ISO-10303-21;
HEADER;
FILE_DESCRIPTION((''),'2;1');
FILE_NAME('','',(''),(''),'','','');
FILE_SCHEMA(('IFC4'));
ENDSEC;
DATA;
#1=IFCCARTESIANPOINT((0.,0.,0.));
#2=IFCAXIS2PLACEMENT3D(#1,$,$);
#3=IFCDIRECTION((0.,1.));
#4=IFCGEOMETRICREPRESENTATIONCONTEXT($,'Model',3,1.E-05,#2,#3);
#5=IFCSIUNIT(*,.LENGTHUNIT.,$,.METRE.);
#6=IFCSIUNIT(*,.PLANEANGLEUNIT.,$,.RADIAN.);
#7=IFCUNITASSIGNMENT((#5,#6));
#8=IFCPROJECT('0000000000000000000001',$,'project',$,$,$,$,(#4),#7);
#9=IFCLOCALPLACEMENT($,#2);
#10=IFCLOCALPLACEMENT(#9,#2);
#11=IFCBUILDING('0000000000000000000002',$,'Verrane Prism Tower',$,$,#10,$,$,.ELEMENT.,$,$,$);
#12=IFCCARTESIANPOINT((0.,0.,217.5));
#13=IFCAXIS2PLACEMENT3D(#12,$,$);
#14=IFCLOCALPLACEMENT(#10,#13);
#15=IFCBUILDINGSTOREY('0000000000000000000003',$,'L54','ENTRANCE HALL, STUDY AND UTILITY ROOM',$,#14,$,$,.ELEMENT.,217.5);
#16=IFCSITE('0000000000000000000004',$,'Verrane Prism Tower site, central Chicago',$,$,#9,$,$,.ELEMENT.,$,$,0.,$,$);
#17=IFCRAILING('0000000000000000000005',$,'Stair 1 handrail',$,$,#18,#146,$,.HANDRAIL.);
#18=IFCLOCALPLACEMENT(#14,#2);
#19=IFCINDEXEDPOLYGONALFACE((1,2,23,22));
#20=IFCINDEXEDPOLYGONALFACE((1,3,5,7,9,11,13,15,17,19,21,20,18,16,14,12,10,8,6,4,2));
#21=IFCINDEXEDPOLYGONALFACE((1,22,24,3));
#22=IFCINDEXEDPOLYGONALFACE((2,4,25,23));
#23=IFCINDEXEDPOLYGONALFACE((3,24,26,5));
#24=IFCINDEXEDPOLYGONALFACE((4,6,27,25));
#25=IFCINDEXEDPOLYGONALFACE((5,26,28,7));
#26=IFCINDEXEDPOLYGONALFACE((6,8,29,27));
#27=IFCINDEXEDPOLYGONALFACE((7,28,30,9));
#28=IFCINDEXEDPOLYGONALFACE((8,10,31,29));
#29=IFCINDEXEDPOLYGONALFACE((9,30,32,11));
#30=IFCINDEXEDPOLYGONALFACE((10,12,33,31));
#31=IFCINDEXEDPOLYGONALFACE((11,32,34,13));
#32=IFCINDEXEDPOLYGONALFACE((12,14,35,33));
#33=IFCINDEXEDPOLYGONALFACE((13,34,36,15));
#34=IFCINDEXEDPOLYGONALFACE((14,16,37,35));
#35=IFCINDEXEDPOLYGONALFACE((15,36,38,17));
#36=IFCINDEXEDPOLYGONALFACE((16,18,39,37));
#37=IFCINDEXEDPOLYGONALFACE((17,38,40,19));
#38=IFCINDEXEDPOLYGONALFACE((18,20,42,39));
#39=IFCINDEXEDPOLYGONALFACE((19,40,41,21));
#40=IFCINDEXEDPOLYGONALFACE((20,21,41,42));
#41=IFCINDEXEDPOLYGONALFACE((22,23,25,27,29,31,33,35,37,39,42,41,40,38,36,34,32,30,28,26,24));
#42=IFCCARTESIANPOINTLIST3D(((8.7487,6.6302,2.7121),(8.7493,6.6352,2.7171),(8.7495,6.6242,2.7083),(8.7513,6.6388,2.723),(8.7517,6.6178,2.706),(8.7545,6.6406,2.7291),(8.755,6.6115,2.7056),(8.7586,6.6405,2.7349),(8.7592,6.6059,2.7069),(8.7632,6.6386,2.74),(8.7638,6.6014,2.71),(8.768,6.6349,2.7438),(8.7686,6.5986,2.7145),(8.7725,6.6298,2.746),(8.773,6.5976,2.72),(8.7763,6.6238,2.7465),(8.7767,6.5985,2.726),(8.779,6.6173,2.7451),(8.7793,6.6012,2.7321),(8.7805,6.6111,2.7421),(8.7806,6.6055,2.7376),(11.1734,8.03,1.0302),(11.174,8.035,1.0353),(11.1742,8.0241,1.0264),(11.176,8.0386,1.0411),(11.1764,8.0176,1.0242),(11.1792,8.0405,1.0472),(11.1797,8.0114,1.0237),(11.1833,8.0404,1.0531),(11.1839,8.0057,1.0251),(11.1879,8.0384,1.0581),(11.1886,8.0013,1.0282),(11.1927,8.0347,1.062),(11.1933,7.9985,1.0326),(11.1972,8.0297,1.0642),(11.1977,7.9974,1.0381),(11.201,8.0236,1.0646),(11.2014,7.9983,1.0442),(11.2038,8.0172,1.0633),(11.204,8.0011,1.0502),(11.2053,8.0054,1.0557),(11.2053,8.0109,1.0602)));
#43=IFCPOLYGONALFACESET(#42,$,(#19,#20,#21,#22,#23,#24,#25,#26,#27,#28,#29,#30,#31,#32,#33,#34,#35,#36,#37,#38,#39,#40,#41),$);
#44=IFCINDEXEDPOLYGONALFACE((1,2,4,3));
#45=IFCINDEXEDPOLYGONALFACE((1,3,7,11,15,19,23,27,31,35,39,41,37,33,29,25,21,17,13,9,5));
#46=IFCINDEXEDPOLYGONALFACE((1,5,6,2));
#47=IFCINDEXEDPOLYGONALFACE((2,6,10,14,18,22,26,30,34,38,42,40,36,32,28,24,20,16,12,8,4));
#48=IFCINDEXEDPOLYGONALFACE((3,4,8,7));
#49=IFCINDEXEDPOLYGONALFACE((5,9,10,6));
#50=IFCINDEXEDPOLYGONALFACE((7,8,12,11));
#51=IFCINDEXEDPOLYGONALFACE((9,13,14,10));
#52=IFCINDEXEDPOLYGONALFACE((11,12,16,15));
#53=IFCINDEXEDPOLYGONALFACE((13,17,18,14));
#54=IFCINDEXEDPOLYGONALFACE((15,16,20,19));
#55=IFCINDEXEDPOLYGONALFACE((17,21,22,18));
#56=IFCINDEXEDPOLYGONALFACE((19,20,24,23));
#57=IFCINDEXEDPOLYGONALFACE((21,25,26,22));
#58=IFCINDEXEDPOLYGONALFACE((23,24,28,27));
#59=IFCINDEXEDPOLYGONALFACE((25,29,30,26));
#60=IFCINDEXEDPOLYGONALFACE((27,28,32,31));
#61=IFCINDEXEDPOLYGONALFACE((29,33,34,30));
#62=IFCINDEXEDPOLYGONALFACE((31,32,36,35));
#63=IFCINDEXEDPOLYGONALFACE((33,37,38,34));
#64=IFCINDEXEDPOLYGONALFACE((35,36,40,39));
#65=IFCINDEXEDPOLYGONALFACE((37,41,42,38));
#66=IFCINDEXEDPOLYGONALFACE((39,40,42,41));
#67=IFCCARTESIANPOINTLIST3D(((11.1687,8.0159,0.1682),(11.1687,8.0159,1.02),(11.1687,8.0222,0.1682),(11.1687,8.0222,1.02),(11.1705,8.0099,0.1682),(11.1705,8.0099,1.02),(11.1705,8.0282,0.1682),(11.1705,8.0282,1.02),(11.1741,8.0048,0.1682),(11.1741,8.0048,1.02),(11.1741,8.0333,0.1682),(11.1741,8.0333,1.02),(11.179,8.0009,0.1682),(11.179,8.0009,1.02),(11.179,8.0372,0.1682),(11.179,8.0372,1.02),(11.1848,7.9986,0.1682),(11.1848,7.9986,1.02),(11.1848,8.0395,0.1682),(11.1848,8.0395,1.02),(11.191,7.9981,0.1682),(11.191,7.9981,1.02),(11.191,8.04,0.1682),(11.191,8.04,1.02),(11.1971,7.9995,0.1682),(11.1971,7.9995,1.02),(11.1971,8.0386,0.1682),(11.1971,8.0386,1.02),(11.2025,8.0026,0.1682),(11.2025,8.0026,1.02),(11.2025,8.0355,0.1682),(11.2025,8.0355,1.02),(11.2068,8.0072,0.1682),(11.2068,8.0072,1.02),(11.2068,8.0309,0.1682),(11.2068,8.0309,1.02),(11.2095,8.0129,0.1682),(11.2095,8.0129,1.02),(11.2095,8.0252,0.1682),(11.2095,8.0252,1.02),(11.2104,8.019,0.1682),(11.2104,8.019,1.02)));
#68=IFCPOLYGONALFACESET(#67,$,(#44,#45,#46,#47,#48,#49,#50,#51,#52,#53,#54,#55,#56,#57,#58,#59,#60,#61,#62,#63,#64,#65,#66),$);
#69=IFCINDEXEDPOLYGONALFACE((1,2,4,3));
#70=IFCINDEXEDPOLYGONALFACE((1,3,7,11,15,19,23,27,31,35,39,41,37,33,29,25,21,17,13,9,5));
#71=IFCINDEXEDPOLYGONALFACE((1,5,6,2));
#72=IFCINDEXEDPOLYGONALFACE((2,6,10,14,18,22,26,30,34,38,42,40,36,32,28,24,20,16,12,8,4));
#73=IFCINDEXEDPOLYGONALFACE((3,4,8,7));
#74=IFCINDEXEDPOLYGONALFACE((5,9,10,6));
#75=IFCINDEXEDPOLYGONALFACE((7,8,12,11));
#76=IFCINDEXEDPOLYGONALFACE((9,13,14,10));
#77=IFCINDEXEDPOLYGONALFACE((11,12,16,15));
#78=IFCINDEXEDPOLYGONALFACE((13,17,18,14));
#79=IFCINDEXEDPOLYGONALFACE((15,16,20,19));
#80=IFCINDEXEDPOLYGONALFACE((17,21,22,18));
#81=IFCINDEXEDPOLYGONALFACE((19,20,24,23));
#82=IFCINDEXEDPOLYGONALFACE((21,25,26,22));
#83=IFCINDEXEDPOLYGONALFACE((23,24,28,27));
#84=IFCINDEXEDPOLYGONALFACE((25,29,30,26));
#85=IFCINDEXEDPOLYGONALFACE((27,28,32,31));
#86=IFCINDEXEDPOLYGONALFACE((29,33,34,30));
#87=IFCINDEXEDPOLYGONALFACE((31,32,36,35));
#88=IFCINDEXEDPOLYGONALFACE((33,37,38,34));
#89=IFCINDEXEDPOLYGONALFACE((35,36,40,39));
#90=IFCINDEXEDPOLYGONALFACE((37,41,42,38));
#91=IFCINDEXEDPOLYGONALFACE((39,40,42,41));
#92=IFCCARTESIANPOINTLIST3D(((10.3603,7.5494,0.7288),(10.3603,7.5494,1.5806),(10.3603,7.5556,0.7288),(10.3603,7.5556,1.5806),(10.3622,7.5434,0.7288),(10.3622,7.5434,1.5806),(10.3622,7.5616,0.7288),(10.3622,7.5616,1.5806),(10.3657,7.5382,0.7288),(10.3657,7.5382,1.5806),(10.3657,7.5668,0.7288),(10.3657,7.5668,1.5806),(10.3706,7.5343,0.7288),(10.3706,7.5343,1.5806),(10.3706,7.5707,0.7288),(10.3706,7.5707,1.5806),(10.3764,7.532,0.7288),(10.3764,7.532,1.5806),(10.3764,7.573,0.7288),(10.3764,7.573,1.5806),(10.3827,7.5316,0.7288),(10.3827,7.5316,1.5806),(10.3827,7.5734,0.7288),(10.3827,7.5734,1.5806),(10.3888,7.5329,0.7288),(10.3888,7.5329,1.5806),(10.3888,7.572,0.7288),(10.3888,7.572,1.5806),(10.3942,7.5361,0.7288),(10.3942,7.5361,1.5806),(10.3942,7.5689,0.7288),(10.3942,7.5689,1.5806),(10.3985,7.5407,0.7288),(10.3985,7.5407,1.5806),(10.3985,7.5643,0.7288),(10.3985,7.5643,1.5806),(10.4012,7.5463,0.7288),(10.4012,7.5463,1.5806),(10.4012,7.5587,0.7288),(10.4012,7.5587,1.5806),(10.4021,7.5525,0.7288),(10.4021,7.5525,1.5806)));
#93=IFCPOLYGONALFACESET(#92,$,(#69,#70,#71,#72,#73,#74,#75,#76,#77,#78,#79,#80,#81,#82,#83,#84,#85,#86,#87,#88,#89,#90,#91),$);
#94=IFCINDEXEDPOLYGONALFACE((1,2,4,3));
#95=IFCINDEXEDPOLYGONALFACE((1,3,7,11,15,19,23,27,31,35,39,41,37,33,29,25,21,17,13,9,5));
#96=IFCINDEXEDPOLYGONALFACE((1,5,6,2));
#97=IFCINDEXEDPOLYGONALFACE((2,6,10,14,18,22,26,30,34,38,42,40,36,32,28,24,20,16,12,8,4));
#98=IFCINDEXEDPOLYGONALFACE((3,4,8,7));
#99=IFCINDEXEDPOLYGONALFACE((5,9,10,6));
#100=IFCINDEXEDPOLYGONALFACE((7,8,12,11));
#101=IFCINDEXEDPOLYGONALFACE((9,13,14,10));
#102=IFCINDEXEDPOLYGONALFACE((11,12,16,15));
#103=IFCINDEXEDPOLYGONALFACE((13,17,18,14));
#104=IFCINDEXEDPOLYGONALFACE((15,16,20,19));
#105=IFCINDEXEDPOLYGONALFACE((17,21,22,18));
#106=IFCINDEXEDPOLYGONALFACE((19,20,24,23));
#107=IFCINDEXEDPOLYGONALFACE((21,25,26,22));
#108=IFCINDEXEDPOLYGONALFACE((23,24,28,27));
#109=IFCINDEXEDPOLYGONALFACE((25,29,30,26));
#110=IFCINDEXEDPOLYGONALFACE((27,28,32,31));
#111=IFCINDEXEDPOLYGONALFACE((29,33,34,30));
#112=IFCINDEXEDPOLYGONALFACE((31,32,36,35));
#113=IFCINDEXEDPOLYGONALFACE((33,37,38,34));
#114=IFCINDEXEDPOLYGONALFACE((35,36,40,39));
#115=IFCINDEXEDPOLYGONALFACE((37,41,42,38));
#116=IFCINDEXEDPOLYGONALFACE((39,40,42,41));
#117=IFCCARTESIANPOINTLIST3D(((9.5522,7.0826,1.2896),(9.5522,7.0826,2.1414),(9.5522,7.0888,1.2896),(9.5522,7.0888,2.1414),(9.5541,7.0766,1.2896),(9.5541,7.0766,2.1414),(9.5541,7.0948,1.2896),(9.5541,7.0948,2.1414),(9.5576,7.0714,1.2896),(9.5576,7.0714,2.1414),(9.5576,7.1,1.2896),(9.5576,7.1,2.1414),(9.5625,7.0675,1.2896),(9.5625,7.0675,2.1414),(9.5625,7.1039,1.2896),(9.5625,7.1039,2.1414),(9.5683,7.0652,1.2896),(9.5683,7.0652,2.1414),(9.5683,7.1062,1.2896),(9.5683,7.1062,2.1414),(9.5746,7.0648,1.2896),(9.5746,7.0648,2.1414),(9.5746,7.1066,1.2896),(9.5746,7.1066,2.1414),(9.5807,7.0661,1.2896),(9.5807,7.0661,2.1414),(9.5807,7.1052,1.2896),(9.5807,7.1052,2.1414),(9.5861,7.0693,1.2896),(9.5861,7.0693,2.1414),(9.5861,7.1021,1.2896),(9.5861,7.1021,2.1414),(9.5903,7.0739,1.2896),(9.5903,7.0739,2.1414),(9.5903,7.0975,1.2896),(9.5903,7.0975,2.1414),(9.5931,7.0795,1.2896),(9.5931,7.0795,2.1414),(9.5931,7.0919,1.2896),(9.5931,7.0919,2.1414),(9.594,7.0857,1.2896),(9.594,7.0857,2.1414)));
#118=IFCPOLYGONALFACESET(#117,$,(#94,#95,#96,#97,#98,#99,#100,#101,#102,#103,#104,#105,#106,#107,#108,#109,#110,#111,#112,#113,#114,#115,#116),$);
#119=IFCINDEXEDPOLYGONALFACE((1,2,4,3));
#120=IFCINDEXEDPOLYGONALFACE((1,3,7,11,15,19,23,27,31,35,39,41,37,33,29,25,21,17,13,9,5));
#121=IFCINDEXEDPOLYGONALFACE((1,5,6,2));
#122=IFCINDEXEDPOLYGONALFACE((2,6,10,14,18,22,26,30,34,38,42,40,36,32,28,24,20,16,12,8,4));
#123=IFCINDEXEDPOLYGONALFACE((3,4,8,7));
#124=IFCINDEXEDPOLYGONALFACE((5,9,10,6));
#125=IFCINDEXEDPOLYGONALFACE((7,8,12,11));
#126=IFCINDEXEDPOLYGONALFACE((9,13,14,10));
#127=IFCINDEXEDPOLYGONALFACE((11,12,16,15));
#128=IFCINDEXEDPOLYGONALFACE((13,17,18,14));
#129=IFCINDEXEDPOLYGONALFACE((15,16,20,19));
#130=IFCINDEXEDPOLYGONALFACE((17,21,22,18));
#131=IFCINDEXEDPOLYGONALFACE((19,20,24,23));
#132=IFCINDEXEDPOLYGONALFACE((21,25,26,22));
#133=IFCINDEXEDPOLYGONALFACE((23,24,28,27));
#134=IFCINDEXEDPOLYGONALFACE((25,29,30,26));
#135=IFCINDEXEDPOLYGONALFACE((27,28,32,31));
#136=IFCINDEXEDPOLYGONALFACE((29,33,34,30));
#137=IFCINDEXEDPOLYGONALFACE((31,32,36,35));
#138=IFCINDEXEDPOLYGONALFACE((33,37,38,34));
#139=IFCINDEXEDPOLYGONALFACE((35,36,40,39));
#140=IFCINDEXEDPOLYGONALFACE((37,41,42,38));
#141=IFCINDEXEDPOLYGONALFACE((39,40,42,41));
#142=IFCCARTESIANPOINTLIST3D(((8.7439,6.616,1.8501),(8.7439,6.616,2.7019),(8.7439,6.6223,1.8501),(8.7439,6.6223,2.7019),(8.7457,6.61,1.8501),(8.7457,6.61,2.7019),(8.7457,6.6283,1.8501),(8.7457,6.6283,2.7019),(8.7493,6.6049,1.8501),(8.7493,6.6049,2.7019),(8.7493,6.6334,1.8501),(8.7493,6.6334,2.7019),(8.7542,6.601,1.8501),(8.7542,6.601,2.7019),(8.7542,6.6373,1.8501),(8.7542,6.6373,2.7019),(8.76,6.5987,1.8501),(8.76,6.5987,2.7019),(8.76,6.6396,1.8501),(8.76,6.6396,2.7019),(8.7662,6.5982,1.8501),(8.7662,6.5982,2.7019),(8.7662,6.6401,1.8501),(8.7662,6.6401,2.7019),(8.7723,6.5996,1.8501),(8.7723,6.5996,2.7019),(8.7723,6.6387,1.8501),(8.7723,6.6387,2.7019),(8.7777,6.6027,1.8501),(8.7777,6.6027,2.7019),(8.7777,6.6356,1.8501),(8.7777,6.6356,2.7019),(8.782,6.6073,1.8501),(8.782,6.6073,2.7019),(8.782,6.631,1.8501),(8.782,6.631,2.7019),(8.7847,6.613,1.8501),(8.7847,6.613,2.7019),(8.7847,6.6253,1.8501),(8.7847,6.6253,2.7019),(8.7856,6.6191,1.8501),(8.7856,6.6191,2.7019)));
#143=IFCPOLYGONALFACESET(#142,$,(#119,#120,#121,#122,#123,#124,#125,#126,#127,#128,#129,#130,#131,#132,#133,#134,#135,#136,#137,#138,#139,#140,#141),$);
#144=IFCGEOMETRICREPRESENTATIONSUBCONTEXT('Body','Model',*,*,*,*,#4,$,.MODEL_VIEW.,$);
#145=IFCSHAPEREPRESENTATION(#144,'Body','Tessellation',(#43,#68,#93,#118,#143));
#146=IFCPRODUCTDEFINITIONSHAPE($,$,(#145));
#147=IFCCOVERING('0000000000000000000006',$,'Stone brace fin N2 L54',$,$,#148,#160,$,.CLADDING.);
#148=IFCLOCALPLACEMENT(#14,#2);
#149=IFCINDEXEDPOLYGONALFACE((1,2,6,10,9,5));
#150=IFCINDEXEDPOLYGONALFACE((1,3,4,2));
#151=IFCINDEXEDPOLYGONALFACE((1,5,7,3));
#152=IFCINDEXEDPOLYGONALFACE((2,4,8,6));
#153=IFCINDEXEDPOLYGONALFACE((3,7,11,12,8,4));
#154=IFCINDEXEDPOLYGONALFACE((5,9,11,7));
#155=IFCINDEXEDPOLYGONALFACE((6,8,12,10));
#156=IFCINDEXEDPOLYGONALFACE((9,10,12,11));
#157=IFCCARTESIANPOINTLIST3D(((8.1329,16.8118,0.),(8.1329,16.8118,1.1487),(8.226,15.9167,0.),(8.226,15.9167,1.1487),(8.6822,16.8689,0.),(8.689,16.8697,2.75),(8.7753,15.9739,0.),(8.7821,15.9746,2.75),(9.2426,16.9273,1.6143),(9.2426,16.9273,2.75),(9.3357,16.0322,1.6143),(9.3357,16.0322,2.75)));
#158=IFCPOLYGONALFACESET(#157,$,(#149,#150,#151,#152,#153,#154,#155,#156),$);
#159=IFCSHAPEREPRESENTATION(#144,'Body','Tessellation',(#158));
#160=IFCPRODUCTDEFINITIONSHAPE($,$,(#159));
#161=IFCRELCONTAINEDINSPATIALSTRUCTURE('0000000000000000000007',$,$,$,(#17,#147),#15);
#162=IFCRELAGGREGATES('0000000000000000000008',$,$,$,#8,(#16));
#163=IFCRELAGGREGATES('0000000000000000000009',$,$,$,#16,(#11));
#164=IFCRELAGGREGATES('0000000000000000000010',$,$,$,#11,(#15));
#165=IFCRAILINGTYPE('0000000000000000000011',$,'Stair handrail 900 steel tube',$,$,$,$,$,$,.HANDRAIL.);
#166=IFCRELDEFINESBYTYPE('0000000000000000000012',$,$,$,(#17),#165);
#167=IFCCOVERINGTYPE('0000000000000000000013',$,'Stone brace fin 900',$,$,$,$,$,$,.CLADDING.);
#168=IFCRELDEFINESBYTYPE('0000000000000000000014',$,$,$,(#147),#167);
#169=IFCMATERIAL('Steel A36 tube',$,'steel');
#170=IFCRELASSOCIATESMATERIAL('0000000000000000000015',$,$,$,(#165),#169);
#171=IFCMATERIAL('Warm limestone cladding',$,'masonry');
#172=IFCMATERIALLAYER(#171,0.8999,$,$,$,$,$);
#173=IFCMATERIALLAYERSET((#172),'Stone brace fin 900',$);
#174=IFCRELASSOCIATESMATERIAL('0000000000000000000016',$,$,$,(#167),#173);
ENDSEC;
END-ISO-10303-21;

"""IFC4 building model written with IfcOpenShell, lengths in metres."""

from ifc_helpers import new_model, si_unit, direction, frame, origin, origin_2d, place, context, subcontext, project, spatial, polyline, circle, outline, extrude, material, layer, layer_set, type_object, element, save


model = new_model("IFC4")

# Units and contexts
model_context = context("Model", 3, precision=1e-05, world=origin(), true_north=direction((0.0, 1.0)))
body_context = subcontext(model_context, "Body", "Model", "MODEL_VIEW")
ifc_project = project(units=[si_unit("LENGTHUNIT", "METRE"), si_unit("PLANEANGLEUNIT", "RADIAN")], contexts=[model_context])

# Site, building, storey
site_placement = place(None, origin())
site = spatial("IfcSite", under=ifc_project, at=site_placement, Name="Verrane Prism Tower site, central Chicago", CompositionType="ELEMENT", RefElevation=0.0)
building_placement = place(site_placement, origin())
building = spatial("IfcBuilding", under=site, at=building_placement, Name="Verrane Prism Tower", CompositionType="ELEMENT")
storey_placement = place(building_placement, frame((0.0, 0.0, 217.5)))
storey = spatial("IfcBuildingStorey", under=building, at=storey_placement, Name="L54", Description="ENTRANCE HALL, STUDY AND UTILITY ROOM", CompositionType="ELEMENT", Elevation=217.5)

# Railing
ifc_material_1 = material(Name="Steel A36 tube", Category="steel")
railing_type_1 = type_object("IfcRailingType", Name="Stair handrail 900 steel tube", PredefinedType="HANDRAIL", material=ifc_material_1)
railing_1_placement = place(storey_placement, frame((11.1895, 8.019, 0.1682)))
element("IfcRailing", 1, at=railing_1_placement, inside=storey, type_object=railing_type_1, Name="Stair 1 handrail", PredefinedType="HANDRAIL", context=body_context, shape_type="SweptSolid", body=[
    extrude(circle(Radius=0.0239, at=origin_2d()), frame((0.0, 0.0, 0.876), z_axis=(-0.74239, -0.428601, 0.514934), x_axis=(0.499984, -0.866035, 0.0)), (0.0, 0.0, 1.0), 3.2661),
    extrude(circle(Radius=0.021, at=origin_2d()), origin(), (0.0, 0.0, 1.0), 0.8518),
    extrude(circle(Radius=0.021, at=origin_2d()), frame((-0.8083, -0.4666, 0.5605)), (0.0, 0.0, 1.0), 0.8518),
    extrude(circle(Radius=0.021, at=origin_2d()), frame((-1.6165, -0.9333, 1.1213)), (0.0, 0.0, 1.0), 0.8518),
    extrude(circle(Radius=0.021, at=origin_2d()), frame((-2.4248, -1.3999, 1.6819)), (0.0, 0.0, 1.0), 0.8518),
])

# Covering
ifc_material_2 = material(Name="Warm limestone cladding", Category="masonry")
ifc_layer_1 = layer(ifc_material_2, 0.8999)
ifc_layer_set_1 = layer_set([ifc_layer_1], Name="Stone brace fin 900")
covering_type = type_object("IfcCoveringType", Name="Stone brace fin 900", PredefinedType="CLADDING", material=ifc_layer_set_1)
covering_placement = place(storey_placement, frame((8.1794, 16.3643, 0.0), z_axis=(0.0, 0.0, 1.0), x_axis=(0.994631, 0.103489, 0.0)))
element("IfcCovering", 2, at=covering_placement, inside=storey, type_object=covering_type, Name="Stone brace fin N2 L54", PredefinedType="CLADDING", context=body_context, shape_type="SweptSolid", body=[
    extrude(outline(polyline([(1.1157, 2.75), (0.5591, 2.75), (0.0, 1.1487), (0.0, 0.0), (0.5522, 0.0), (1.1157, 1.6143), (1.1157, 2.75)])), frame((0.0, 0.45, 0.0), z_axis=(0.0, -1.0, 0.0), x_axis=(1.0, 0.0, 0.0)), (0.0, 0.0, 1.0), 0.8999),
])

save(model, "model.ifc")
